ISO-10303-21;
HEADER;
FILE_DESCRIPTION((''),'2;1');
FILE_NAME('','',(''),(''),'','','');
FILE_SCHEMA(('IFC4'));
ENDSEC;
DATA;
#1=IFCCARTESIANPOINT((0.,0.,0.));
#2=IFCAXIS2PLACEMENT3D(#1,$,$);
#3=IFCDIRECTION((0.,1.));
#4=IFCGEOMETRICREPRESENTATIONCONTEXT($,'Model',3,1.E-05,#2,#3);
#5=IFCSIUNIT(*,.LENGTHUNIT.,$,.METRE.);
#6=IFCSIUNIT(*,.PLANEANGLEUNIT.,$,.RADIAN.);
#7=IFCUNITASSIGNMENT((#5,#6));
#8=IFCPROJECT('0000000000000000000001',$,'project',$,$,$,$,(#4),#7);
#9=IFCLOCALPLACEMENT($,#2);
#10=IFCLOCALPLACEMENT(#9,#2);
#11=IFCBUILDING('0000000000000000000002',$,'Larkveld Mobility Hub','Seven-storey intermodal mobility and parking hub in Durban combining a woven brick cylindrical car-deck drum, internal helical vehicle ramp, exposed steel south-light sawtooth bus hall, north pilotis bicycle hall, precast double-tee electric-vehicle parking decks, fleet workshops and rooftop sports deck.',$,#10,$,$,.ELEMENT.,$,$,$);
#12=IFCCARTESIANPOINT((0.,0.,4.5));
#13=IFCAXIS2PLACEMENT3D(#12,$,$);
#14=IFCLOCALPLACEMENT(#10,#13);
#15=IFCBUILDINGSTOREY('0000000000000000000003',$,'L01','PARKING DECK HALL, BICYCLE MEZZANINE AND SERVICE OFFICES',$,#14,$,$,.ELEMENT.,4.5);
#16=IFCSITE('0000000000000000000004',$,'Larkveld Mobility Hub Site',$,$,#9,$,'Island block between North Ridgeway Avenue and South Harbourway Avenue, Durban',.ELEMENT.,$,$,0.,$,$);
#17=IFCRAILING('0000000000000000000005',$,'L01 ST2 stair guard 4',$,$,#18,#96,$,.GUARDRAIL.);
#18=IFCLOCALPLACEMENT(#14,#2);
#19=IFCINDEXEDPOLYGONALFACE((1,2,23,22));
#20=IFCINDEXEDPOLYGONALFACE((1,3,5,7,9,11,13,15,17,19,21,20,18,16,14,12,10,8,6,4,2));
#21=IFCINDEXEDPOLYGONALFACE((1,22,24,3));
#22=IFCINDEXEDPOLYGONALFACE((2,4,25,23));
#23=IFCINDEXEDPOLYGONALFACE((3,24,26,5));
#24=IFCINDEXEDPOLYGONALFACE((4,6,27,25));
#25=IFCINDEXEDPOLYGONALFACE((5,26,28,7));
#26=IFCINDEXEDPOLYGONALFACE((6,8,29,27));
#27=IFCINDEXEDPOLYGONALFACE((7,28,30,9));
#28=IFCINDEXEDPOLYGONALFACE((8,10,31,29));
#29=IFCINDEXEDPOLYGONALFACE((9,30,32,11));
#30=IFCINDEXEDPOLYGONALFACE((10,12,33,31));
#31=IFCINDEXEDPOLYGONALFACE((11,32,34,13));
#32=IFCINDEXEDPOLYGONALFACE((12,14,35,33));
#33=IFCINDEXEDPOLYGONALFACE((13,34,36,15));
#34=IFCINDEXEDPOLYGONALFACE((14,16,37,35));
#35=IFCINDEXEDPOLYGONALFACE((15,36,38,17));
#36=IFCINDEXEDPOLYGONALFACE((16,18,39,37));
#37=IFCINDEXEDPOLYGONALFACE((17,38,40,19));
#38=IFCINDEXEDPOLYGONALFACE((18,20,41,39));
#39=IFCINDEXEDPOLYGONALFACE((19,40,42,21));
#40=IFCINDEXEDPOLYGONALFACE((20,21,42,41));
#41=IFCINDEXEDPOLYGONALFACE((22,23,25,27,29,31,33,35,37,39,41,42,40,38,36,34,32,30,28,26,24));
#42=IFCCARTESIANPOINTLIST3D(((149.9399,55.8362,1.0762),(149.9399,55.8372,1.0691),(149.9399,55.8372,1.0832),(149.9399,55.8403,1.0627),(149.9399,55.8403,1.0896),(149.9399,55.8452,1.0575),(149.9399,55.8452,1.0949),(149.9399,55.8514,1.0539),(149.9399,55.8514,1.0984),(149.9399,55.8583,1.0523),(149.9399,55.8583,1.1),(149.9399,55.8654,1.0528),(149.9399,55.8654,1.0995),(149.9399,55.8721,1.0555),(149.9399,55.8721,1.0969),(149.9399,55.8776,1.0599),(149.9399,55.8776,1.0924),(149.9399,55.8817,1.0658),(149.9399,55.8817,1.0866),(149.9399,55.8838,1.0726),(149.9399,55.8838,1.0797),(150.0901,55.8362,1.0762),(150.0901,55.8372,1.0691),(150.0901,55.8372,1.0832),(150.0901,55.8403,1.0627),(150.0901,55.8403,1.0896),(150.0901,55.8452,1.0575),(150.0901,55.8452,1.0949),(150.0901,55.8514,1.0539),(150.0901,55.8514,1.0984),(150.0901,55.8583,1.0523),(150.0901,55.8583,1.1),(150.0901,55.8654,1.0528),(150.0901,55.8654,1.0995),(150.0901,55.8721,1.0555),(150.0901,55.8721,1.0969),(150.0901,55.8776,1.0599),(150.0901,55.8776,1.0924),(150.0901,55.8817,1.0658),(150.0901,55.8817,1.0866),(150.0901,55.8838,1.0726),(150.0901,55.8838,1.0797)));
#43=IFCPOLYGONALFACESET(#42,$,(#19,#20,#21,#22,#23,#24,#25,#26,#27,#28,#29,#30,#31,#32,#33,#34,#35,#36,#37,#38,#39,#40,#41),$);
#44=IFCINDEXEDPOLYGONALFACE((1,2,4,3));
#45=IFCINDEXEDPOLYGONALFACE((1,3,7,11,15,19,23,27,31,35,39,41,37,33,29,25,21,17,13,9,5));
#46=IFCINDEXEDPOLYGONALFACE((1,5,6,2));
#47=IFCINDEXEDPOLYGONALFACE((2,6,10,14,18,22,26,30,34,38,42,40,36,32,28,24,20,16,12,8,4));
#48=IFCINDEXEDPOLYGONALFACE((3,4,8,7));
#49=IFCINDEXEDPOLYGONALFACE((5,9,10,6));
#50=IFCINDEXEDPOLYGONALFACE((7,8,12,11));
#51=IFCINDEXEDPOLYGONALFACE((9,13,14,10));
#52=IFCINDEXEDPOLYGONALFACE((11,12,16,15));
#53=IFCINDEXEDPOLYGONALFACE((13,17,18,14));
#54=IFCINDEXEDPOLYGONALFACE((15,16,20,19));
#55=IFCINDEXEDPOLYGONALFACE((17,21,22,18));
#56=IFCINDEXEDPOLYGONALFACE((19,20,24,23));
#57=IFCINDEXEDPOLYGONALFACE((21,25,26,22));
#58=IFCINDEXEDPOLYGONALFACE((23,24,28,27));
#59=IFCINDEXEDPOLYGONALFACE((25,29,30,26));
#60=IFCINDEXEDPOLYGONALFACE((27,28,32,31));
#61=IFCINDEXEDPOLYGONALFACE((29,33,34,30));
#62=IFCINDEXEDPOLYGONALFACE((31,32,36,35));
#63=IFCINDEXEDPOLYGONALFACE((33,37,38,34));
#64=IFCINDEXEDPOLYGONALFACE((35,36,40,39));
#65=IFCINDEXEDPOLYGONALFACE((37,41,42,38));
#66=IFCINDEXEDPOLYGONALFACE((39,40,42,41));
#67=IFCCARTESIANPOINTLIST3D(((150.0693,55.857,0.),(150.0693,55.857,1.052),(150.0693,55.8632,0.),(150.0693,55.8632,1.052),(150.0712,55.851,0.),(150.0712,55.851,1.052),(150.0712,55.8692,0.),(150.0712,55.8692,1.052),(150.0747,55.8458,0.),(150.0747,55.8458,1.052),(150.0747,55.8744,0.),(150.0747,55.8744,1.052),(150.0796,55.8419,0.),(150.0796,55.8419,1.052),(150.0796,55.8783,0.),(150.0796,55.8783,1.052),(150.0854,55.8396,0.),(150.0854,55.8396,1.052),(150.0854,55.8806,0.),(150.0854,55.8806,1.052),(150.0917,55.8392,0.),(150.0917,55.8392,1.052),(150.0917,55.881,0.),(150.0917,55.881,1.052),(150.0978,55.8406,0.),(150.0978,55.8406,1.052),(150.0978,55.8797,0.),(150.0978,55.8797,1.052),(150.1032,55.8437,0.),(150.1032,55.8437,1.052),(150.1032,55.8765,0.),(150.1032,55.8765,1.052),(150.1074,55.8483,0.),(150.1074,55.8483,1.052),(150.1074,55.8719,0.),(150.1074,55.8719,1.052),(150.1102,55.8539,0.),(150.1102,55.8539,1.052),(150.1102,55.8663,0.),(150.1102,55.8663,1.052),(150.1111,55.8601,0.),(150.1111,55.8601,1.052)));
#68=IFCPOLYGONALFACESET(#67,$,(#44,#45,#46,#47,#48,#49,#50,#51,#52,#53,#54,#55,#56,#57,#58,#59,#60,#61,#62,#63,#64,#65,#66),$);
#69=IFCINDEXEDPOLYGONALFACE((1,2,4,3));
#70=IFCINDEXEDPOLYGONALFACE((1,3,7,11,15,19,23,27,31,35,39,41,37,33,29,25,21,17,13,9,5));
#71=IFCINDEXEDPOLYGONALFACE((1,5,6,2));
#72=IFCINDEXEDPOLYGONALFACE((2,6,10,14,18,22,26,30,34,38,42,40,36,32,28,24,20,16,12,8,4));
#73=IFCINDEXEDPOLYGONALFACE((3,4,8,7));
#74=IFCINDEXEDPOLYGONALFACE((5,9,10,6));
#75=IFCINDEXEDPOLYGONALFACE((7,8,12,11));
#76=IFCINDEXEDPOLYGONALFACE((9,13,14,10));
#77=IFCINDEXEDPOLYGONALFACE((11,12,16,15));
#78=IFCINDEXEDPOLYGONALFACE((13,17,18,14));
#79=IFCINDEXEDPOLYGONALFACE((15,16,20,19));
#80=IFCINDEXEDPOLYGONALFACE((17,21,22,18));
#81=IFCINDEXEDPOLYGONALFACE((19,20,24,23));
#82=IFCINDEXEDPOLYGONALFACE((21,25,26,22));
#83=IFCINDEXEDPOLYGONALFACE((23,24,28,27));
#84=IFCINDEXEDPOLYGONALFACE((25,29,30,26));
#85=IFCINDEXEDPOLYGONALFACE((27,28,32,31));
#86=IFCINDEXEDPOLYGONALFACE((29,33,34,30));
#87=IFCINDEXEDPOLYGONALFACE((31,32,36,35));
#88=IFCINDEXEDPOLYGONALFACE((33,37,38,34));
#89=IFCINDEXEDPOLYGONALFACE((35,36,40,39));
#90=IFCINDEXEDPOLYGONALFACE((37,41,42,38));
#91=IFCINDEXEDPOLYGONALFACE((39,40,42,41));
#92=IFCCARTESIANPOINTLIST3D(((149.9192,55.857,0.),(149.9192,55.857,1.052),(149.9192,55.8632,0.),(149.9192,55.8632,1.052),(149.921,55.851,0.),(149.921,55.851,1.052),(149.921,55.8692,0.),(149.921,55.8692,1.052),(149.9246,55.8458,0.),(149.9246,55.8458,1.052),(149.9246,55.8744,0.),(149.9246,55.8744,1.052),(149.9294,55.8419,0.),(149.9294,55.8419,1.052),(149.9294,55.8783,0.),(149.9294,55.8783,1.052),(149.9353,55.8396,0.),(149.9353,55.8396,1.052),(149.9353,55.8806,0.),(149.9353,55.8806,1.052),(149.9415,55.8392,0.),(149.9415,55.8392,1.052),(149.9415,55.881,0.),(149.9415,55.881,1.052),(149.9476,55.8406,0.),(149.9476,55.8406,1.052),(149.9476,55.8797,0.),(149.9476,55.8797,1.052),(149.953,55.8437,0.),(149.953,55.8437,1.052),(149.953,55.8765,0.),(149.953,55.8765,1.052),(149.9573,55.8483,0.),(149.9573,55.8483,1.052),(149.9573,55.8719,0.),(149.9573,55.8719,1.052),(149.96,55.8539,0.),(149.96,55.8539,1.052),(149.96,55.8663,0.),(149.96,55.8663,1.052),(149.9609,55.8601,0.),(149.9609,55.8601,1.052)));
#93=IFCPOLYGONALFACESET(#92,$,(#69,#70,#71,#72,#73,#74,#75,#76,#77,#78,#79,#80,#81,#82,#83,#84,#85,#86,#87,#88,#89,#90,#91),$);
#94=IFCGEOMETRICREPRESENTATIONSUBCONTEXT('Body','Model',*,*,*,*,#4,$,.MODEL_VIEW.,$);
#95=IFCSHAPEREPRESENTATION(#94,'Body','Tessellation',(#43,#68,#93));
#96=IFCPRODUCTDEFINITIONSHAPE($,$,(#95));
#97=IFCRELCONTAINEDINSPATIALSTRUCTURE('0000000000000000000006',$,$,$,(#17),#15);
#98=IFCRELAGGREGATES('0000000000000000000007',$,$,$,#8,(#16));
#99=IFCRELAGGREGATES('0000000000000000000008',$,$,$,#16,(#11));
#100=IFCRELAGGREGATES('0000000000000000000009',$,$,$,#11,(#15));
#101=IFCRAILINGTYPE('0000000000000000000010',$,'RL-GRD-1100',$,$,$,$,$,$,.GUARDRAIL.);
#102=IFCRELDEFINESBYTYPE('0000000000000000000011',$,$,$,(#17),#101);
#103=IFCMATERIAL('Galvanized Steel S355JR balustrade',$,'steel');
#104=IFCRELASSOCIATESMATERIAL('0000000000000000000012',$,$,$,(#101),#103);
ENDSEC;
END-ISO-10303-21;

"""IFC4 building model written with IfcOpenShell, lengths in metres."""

from ifc_helpers import new_model, si_unit, direction, frame, origin, origin_2d, place, context, subcontext, project, spatial, circle, extrude, material, type_object, element, save


model = new_model("IFC4")

# Units and contexts
model_context = context("Model", 3, precision=1e-05, world=origin(), true_north=direction((0.0, 1.0)))
body_context = subcontext(model_context, "Body", "Model", "MODEL_VIEW")
ifc_project = project(units=[si_unit("LENGTHUNIT", "METRE"), si_unit("PLANEANGLEUNIT", "RADIAN")], contexts=[model_context])

# Site, building, storey
site_placement = place(None, origin())
site = spatial("IfcSite", under=ifc_project, at=site_placement, Name="Larkveld Mobility Hub Site", LongName="Island block between North Ridgeway Avenue and South Harbourway Avenue, Durban", CompositionType="ELEMENT", RefElevation=0.0)
building_placement = place(site_placement, origin())
building = spatial("IfcBuilding", under=site, at=building_placement, Name="Larkveld Mobility Hub", Description="Seven-storey intermodal mobility and parking hub in Durban combining a woven brick cylindrical car-deck drum, internal helical vehicle ramp, exposed steel south-light sawtooth bus hall, north pilotis bicycle hall, precast double-tee electric-vehicle parking decks, fleet workshops and rooftop sports deck.", CompositionType="ELEMENT")
storey_placement = place(building_placement, frame((0.0, 0.0, 4.5)))
storey = spatial("IfcBuildingStorey", under=building, at=storey_placement, Name="L01", Description="PARKING DECK HALL, BICYCLE MEZZANINE AND SERVICE OFFICES", CompositionType="ELEMENT", Elevation=4.5)

# Railing
ifc_material_1 = material(Name="Galvanized Steel S355JR balustrade", Category="steel")
railing_type_1 = type_object("IfcRailingType", Name="RL-GRD-1100", PredefinedType="GUARDRAIL", material=ifc_material_1)
railing_1_placement = place(storey_placement, frame((150.0901, 55.8601, 0.0)))
element("IfcRailing", 1, at=railing_1_placement, inside=storey, type_object=railing_type_1, Name="L01 ST2 stair guard 4", PredefinedType="GUARDRAIL", context=body_context, shape_type="SweptSolid", body=[
    extrude(circle(Radius=0.0239, at=origin_2d()), frame((0.0, 0.0, 1.0762), z_axis=(-1.0, 0.0, 0.0), x_axis=(0.0, -1.0, 0.0)), (0.0, 0.0, 1.0), 0.1501),
    extrude(circle(Radius=0.021, at=origin_2d()), origin(), (0.0, 0.0, 1.0), 1.052),
    extrude(circle(Radius=0.021, at=origin_2d()), frame((-0.1501, 0.0, 0.0)), (0.0, 0.0, 1.0), 1.052),
])

save(model, "model.ifc")
